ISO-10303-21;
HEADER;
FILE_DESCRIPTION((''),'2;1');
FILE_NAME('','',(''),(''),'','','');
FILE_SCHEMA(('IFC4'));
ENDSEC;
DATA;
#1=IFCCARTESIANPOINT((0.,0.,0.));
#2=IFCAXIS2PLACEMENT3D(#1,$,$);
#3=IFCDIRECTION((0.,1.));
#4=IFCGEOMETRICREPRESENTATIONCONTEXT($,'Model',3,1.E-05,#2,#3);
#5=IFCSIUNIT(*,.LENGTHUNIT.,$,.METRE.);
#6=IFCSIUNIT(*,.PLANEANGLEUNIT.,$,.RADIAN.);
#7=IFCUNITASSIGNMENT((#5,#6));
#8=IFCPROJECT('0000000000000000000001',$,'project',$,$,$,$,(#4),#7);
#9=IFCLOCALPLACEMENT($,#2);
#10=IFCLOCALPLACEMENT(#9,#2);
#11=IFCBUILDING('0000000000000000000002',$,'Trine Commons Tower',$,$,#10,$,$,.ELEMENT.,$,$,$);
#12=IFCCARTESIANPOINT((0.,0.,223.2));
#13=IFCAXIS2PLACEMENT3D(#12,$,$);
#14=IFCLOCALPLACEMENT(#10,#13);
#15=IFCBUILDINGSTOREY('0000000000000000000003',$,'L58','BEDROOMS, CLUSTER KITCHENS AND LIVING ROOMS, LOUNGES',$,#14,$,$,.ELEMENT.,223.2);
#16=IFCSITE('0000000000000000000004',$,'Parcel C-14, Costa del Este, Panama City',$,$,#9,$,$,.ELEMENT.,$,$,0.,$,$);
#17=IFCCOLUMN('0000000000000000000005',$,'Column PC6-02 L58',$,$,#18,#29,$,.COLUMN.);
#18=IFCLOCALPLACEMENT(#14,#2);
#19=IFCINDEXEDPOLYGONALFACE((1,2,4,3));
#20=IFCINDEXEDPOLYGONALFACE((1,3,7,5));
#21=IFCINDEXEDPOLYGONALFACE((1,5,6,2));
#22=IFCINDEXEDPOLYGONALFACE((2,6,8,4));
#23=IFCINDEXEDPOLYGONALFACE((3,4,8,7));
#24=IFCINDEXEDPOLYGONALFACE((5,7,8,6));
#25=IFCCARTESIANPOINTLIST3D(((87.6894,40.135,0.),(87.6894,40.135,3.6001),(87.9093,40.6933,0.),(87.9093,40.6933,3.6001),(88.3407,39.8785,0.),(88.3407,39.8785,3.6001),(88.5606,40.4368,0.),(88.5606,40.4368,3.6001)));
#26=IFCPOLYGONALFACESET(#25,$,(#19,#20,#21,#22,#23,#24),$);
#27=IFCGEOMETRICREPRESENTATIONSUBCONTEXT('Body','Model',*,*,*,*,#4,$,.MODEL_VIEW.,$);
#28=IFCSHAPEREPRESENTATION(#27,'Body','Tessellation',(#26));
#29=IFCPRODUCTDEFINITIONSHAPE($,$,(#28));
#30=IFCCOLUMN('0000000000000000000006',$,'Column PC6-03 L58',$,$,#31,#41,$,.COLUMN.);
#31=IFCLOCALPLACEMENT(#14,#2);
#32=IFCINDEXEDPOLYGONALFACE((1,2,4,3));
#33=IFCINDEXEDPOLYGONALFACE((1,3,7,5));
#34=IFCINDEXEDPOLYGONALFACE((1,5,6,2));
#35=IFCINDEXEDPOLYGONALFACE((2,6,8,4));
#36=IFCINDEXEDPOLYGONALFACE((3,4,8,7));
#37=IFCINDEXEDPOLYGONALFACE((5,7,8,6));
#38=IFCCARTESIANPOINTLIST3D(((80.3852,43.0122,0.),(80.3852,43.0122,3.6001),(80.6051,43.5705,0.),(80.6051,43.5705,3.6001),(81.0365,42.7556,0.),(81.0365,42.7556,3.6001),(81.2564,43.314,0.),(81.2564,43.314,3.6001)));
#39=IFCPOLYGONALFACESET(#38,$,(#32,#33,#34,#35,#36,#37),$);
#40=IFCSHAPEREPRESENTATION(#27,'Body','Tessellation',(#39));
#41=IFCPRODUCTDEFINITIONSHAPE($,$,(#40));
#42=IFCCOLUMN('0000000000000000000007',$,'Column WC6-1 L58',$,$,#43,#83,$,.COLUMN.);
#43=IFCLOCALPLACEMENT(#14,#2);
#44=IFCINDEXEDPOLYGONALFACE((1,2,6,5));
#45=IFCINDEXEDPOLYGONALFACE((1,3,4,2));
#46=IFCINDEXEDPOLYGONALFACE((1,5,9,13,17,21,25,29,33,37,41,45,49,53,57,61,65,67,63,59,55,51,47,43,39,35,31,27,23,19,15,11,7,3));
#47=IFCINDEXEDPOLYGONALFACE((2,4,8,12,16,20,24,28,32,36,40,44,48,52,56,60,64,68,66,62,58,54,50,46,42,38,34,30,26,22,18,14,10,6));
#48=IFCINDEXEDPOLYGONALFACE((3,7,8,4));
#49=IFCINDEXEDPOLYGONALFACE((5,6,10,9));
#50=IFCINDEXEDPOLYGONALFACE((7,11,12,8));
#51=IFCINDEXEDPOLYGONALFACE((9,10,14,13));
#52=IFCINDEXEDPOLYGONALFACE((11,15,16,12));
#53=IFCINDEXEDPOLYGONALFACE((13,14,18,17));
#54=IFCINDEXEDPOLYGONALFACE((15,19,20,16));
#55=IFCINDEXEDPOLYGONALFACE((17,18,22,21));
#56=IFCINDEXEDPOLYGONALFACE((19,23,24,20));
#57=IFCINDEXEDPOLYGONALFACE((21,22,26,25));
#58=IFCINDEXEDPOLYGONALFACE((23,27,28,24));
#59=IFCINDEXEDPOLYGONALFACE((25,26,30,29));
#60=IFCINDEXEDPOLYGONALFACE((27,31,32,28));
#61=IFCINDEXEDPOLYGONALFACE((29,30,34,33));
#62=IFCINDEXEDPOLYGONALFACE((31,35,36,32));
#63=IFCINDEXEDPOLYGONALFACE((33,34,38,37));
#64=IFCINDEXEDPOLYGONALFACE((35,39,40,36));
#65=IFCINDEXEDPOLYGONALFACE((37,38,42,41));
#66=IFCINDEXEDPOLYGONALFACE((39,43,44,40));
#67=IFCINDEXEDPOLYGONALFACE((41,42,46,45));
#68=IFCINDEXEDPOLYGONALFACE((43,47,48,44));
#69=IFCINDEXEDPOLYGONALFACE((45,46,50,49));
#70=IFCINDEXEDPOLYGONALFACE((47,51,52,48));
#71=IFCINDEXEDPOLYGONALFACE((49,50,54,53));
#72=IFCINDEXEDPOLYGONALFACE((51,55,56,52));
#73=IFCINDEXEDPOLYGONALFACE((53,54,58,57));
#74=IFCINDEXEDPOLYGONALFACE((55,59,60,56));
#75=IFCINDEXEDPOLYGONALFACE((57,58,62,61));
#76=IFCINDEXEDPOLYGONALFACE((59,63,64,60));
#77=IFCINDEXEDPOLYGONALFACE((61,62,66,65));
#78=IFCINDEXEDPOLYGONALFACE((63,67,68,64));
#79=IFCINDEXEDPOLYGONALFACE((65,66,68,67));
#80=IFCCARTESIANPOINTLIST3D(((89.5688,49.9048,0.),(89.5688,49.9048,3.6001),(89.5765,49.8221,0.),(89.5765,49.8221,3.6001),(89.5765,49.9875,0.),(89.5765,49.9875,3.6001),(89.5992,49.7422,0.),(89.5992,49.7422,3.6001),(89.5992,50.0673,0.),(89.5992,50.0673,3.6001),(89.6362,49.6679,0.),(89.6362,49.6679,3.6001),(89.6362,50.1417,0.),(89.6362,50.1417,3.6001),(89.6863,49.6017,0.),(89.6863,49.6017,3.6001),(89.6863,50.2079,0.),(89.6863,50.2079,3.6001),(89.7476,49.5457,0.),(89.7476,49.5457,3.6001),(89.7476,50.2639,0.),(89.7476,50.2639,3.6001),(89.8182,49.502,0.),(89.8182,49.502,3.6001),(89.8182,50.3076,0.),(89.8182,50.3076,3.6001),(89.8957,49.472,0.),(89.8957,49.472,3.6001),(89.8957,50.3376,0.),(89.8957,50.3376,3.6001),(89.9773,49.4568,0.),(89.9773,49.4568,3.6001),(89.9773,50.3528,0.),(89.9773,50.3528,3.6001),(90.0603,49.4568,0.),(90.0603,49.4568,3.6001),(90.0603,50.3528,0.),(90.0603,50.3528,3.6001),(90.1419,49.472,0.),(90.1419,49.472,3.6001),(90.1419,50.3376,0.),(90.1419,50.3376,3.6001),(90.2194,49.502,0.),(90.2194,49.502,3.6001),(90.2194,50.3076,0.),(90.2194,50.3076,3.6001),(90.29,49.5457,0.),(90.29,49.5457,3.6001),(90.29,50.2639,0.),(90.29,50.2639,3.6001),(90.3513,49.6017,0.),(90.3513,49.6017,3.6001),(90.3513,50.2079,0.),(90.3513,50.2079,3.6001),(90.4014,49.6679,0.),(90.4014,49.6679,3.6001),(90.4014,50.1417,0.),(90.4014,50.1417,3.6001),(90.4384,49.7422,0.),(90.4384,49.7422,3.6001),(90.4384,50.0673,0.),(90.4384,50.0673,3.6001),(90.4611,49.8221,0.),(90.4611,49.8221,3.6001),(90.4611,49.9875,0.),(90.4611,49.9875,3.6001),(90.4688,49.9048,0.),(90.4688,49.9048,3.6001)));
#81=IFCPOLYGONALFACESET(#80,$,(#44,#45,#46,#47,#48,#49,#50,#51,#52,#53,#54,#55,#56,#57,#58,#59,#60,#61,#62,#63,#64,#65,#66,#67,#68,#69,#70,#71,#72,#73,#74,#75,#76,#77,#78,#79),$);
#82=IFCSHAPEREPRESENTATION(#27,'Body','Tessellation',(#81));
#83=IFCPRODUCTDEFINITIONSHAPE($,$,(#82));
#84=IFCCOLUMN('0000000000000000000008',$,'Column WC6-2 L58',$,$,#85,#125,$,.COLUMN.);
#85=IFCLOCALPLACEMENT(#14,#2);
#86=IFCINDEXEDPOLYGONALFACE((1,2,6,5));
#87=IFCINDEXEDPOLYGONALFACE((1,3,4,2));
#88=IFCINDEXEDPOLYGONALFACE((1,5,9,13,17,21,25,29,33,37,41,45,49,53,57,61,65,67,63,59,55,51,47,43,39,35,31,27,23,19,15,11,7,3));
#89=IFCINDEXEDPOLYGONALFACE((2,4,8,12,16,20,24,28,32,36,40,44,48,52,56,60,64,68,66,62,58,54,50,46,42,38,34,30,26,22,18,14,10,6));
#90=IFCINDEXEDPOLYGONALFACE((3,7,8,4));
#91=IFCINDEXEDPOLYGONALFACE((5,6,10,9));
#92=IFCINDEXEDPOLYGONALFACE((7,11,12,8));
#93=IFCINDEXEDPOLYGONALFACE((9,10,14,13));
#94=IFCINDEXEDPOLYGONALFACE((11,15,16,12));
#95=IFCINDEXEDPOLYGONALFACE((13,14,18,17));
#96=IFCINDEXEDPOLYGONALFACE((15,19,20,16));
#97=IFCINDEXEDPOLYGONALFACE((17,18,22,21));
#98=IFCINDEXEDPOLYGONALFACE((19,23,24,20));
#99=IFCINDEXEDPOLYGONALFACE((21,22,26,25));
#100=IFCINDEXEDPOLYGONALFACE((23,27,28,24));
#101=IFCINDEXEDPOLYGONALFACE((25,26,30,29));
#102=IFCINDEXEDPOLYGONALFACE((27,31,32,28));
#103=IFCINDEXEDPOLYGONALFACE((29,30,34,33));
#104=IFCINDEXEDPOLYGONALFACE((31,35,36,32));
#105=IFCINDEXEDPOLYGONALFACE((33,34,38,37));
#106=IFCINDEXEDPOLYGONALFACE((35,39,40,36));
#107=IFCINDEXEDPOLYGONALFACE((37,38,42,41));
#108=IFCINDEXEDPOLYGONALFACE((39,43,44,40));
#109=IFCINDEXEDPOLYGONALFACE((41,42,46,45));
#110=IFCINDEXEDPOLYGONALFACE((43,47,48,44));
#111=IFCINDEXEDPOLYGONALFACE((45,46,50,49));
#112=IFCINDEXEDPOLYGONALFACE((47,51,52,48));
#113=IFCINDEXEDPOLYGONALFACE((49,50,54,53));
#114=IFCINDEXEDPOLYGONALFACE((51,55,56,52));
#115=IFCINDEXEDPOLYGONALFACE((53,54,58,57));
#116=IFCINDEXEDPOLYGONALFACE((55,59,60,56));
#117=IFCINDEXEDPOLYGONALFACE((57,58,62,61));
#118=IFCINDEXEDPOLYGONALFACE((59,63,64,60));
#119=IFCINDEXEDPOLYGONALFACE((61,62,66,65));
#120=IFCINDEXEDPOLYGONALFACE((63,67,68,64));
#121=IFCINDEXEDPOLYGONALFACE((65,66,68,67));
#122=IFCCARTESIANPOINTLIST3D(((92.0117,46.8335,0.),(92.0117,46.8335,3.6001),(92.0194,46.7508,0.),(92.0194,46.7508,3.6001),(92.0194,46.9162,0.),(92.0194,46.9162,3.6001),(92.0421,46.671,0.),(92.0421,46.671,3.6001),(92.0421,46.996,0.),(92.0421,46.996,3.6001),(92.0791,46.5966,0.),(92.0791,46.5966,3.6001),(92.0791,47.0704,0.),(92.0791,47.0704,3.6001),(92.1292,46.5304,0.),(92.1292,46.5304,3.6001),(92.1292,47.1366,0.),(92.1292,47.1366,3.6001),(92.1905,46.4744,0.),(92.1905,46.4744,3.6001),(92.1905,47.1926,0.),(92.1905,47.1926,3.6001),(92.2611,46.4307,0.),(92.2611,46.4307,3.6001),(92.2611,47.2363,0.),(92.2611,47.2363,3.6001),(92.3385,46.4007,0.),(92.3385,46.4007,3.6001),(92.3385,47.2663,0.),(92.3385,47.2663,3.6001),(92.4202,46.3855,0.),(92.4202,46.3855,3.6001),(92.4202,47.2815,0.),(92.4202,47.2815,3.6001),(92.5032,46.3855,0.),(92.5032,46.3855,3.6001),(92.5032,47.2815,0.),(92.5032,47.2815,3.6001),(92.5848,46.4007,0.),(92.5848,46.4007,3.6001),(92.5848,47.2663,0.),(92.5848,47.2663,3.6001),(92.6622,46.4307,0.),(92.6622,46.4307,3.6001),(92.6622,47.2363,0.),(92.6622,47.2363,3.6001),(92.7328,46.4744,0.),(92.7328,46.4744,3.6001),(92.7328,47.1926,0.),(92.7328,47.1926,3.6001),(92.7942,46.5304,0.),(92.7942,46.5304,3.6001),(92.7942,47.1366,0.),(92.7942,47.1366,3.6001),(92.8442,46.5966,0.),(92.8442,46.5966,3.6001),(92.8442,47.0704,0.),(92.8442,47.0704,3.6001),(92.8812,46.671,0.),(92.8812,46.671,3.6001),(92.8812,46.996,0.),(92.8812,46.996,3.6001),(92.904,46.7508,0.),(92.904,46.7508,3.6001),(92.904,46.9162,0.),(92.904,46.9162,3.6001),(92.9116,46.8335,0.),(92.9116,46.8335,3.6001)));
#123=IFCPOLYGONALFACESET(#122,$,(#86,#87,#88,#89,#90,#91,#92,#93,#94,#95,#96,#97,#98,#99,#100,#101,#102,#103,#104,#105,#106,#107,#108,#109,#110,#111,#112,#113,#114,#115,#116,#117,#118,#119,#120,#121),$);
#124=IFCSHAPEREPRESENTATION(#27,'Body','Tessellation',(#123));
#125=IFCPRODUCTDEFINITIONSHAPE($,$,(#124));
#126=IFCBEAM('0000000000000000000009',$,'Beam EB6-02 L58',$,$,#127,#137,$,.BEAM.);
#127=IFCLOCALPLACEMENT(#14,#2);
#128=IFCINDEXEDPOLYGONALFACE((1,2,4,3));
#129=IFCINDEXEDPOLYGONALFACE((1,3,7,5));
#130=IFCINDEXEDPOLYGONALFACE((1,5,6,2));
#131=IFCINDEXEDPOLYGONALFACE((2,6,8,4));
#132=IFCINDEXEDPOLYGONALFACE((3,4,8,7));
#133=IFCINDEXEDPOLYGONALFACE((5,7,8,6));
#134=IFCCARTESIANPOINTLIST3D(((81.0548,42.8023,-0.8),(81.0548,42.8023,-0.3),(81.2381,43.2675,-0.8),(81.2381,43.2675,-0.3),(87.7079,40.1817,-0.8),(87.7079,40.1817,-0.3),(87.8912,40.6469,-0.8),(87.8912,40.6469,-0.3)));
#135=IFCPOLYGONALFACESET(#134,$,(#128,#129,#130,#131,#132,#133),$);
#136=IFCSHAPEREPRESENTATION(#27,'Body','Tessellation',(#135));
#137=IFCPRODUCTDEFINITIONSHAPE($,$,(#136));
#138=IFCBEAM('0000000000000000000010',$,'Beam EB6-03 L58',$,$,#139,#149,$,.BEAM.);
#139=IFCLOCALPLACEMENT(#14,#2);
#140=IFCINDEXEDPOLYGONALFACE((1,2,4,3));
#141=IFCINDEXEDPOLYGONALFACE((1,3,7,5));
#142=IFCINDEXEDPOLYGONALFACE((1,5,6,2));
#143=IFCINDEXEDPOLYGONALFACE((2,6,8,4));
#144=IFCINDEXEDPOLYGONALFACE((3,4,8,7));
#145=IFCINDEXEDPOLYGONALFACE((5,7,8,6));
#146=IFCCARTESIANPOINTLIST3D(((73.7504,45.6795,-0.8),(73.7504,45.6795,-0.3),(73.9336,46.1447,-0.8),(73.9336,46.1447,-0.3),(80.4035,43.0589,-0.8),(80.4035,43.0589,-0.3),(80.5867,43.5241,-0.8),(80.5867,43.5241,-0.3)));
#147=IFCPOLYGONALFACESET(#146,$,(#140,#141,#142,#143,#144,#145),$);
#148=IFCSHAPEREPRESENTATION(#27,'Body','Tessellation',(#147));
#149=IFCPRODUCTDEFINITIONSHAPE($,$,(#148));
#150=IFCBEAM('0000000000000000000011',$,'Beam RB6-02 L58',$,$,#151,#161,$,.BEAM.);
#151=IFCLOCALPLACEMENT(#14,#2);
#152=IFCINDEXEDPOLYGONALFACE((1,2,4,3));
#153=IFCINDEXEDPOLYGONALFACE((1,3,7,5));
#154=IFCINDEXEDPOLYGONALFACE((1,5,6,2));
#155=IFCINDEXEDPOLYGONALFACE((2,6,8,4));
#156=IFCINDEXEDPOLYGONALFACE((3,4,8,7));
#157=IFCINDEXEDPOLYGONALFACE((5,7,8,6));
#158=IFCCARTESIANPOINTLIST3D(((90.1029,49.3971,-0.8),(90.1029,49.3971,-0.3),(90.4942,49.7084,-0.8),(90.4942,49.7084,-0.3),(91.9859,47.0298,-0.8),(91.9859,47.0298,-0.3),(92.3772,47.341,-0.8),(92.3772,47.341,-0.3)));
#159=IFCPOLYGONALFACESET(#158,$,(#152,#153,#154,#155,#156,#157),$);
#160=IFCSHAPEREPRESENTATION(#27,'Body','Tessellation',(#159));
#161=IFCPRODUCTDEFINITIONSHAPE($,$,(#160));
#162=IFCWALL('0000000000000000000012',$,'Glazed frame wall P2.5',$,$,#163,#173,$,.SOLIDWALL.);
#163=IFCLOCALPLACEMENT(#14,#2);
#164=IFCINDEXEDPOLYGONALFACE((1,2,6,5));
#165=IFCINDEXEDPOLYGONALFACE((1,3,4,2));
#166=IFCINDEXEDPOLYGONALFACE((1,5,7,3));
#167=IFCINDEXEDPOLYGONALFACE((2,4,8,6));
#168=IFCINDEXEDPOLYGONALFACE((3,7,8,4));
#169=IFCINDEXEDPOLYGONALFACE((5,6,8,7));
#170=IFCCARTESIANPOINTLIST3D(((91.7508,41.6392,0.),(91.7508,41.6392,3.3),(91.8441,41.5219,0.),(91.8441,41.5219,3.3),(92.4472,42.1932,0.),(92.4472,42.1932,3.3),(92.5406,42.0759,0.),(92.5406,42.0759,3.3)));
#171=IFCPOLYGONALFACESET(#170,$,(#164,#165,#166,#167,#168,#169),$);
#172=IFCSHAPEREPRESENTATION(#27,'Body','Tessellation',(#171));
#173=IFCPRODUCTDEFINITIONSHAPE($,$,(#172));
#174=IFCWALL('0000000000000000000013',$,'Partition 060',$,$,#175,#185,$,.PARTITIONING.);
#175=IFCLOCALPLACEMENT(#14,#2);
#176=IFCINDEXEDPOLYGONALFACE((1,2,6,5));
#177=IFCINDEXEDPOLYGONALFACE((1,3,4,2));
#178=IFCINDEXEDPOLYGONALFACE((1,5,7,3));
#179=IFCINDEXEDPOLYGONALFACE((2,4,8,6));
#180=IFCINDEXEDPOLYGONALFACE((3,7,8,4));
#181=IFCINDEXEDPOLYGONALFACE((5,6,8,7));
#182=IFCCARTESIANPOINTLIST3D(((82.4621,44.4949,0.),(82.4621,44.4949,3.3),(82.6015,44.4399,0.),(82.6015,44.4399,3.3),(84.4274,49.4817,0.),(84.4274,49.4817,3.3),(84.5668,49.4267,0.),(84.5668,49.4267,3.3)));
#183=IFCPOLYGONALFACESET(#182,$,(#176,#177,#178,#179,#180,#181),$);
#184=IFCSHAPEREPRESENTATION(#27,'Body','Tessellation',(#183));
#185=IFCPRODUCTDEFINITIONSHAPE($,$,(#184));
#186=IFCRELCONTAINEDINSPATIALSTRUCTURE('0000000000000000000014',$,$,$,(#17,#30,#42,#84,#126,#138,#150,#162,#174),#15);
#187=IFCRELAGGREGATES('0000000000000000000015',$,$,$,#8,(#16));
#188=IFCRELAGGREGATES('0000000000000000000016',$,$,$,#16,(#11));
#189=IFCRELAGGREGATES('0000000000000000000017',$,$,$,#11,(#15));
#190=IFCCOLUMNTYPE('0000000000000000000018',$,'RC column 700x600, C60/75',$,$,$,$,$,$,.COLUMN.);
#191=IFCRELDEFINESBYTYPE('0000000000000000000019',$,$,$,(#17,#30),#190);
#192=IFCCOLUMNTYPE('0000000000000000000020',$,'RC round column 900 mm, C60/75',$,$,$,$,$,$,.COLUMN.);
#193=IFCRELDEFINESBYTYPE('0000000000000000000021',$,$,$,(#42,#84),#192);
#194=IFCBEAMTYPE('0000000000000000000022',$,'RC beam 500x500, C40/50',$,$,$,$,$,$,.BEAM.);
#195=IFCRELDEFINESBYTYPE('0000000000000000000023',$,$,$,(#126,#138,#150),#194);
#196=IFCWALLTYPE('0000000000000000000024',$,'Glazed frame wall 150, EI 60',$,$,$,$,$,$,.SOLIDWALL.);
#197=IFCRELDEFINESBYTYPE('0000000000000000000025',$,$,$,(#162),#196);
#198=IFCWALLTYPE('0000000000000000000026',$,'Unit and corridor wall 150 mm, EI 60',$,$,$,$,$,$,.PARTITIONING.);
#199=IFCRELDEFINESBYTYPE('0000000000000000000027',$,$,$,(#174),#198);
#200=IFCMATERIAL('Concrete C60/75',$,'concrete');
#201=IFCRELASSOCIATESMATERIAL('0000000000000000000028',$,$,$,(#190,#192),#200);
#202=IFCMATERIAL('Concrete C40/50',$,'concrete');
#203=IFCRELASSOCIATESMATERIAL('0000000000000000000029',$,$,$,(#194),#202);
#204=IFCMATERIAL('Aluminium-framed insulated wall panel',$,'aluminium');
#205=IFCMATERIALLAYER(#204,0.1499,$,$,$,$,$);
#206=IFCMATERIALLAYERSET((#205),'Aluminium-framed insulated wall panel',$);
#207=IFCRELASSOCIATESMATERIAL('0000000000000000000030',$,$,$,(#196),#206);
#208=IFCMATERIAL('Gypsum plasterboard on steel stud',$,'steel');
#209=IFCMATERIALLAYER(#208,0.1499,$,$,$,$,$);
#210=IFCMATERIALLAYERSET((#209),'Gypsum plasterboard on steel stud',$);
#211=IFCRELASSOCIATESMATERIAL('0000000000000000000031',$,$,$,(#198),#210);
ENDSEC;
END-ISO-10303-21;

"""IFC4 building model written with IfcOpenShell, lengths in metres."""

from ifc_helpers import new_model, si_unit, direction, frame, frame_2d, origin, origin_2d, place, context, subcontext, project, spatial, polyline, rectangle, circle, outline, extrude, material, layer, layer_set, material_profile, profile_set, type_object, element, save


model = new_model("IFC4")

# Units and contexts
model_context = context("Model", 3, precision=1e-05, world=origin(), true_north=direction((0.0, 1.0)))
body_context = subcontext(model_context, "Body", "Model", "MODEL_VIEW")
ifc_project = project(units=[si_unit("LENGTHUNIT", "METRE"), si_unit("PLANEANGLEUNIT", "RADIAN")], contexts=[model_context])

# Site, building, storey
site_placement = place(None, origin())
site = spatial("IfcSite", under=ifc_project, at=site_placement, Name="Parcel C-14, Costa del Este, Panama City", CompositionType="ELEMENT", RefElevation=0.0)
building_placement = place(site_placement, origin())
building = spatial("IfcBuilding", under=site, at=building_placement, Name="Trine Commons Tower", CompositionType="ELEMENT")
storey_placement = place(building_placement, frame((0.0, 0.0, 223.2)))
storey = spatial("IfcBuildingStorey", under=building, at=storey_placement, Name="L58", Description="BEDROOMS, CLUSTER KITCHENS AND LIVING ROOMS, LOUNGES", CompositionType="ELEMENT", Elevation=223.2)

# Columns
ifc_material_1 = material(Name="Concrete C60/75", Category="concrete")
ifc_material_profile_1 = material_profile(ifc_material_1, rectangle(XDim=0.7, YDim=0.6001, at=origin_2d()), Name="RC 700x600")
ifc_profile_set_1 = profile_set([ifc_material_profile_1], Name="Concrete C60/75")
column_type_1 = type_object("IfcColumnType", Name="RC column 700x600, C60/75", PredefinedType="COLUMN", material=ifc_profile_set_1)
for number, where, z_axis, x_axis, name in (
    (1, (88.125, 40.2859, 0.0), (0.0, 0.0, 1.0), (-0.930418, 0.366501, 0.0), "Column PC6-02 L58"),
    (2, (80.8208, 43.1631, 0.0), (0.0, 0.0, 1.0), (-0.930418, 0.366501, 0.0), "Column PC6-03 L58"),
):
    element("IfcColumn", number, at=place(storey_placement, frame(where, z_axis=z_axis, x_axis=x_axis)), inside=storey, type_object=column_type_1, Name=name, PredefinedType="COLUMN", context=body_context, shape_type="SweptSolid", body=[
        extrude(rectangle(XDim=0.7, YDim=0.6001, at=origin_2d()), origin(), (0.0, 0.0, 1.0), 3.6001),
    ])
ifc_material_profile_2 = material_profile(ifc_material_1, circle(Radius=0.45, at=origin_2d()), Name="RC round 900")
ifc_profile_set_2 = profile_set([ifc_material_profile_2], Name="Concrete C60/75")
column_type_2 = type_object("IfcColumnType", Name="RC round column 900 mm, C60/75", PredefinedType="COLUMN", material=ifc_profile_set_2)
for number, where, z_axis, x_axis, name in (
    (3, (90.0188, 49.9048, 0.0), (0.0, 0.0, 1.0), (1.0, 0.0, 0.0), "Column WC6-1 L58"),
    (4, (92.4617, 46.8335, 0.0), (0.0, 0.0, 1.0), (1.0, 0.0, 0.0), "Column WC6-2 L58"),
):
    element("IfcColumn", number, at=place(storey_placement, frame(where, z_axis=z_axis, x_axis=x_axis)), inside=storey, type_object=column_type_2, Name=name, PredefinedType="COLUMN", context=body_context, shape_type="SweptSolid", body=[
        extrude(circle(Radius=0.45, at=origin_2d()), origin(), (0.0, 0.0, 1.0), 3.6001),
    ])

# Beams
ifc_material_2 = material(Name="Concrete C40/50", Category="concrete")
ifc_material_profile_3 = material_profile(ifc_material_2, rectangle(XDim=0.5, YDim=0.5, at=origin_2d()), Name="RC 500x500")
ifc_profile_set_3 = profile_set([ifc_material_profile_3], Name="Concrete C40/50")
beam_type = type_object("IfcBeamType", Name="RC beam 500x500, C40/50", PredefinedType="BEAM", material=ifc_profile_set_3)
for number, where, z_axis, x_axis, name in (
    (5, (87.7996, 40.4143, -0.55), (-0.930423, 0.366488, 0.0), (-0.366488, -0.930423, 0.0), "Beam EB6-02 L58"),
    (6, (80.4951, 43.2915, -0.55), (-0.930423, 0.366488, 0.0), (-0.366488, -0.930423, 0.0), "Beam EB6-03 L58"),
):
    element("IfcBeam", number, at=place(storey_placement, frame(where, z_axis=z_axis, x_axis=x_axis)), inside=storey, type_object=beam_type, Name=name, PredefinedType="BEAM", context=body_context, shape_type="SweptSolid", body=[
        extrude(rectangle(XDim=0.5, YDim=0.5, at=origin_2d()), origin(), (0.0, 0.0, 1.0), 7.1506),
    ])
beam_placement = place(storey_placement, frame((90.2986, 49.5527, -0.55), z_axis=(0.622498, -0.782622, 0.0), x_axis=(0.782622, 0.622498, 0.0)))
element("IfcBeam", 7, at=beam_placement, inside=storey, type_object=beam_type, Name="Beam RB6-02 L58", PredefinedType="BEAM", context=body_context, shape_type="SweptSolid", body=[
    extrude(rectangle(XDim=0.5, YDim=0.5, at=origin_2d()), origin(), (0.0, 0.0, 1.0), 3.0249),
])

# Walls
ifc_material_3 = material(Name="Aluminium-framed insulated wall panel", Category="aluminium")
ifc_layer_1 = layer(ifc_material_3, 0.1499)
ifc_layer_set_1 = layer_set([ifc_layer_1], Name="Aluminium-framed insulated wall panel")
wall_type_1 = type_object("IfcWallType", Name="Glazed frame wall 150, EI 60", PredefinedType="SOLIDWALL", material=ifc_layer_set_1)
wall_1_placement = place(storey_placement, frame((92.4939, 42.1345, 0.0), z_axis=(0.0, 0.0, 1.0), x_axis=(-0.782628, -0.62249, 0.0)))
element("IfcWall", 8, at=wall_1_placement, inside=storey, type_object=wall_type_1, Name="Glazed frame wall P2.5", PredefinedType="SOLIDWALL", context=body_context, shape_type="SweptSolid", body=[
    extrude(outline(polyline([(0.8899, 0.075), (0.0, 0.075), (0.0, -0.075), (0.8899, -0.075), (0.8899, 0.075)])), origin(), (0.0, 0.0, 1.0), 3.3),
])
ifc_material_4 = material(Name="Gypsum plasterboard on steel stud", Category="steel")
ifc_layer_2 = layer(ifc_material_4, 0.1499)
ifc_layer_set_2 = layer_set([ifc_layer_2], Name="Gypsum plasterboard on steel stud")
wall_type_2 = type_object("IfcWallType", Name="Unit and corridor wall 150 mm, EI 60", PredefinedType="PARTITIONING", material=ifc_layer_set_2)
wall_2_placement = place(storey_placement, frame((82.5317, 44.4673, 0.0), z_axis=(0.0, 0.0, 1.0), x_axis=(0.366658, 0.930356, 0.0)))
element("IfcWall", 9, at=wall_2_placement, inside=storey, type_object=wall_type_2, Name="Partition 060", PredefinedType="PARTITIONING", context=body_context, shape_type="SweptSolid", body=[
    extrude(rectangle(XDim=5.3601, YDim=0.1499, at=frame_2d((2.6802, 0.0))), origin(), (0.0, 0.0, 1.0), 3.3),
])

save(model, "model.ifc")
